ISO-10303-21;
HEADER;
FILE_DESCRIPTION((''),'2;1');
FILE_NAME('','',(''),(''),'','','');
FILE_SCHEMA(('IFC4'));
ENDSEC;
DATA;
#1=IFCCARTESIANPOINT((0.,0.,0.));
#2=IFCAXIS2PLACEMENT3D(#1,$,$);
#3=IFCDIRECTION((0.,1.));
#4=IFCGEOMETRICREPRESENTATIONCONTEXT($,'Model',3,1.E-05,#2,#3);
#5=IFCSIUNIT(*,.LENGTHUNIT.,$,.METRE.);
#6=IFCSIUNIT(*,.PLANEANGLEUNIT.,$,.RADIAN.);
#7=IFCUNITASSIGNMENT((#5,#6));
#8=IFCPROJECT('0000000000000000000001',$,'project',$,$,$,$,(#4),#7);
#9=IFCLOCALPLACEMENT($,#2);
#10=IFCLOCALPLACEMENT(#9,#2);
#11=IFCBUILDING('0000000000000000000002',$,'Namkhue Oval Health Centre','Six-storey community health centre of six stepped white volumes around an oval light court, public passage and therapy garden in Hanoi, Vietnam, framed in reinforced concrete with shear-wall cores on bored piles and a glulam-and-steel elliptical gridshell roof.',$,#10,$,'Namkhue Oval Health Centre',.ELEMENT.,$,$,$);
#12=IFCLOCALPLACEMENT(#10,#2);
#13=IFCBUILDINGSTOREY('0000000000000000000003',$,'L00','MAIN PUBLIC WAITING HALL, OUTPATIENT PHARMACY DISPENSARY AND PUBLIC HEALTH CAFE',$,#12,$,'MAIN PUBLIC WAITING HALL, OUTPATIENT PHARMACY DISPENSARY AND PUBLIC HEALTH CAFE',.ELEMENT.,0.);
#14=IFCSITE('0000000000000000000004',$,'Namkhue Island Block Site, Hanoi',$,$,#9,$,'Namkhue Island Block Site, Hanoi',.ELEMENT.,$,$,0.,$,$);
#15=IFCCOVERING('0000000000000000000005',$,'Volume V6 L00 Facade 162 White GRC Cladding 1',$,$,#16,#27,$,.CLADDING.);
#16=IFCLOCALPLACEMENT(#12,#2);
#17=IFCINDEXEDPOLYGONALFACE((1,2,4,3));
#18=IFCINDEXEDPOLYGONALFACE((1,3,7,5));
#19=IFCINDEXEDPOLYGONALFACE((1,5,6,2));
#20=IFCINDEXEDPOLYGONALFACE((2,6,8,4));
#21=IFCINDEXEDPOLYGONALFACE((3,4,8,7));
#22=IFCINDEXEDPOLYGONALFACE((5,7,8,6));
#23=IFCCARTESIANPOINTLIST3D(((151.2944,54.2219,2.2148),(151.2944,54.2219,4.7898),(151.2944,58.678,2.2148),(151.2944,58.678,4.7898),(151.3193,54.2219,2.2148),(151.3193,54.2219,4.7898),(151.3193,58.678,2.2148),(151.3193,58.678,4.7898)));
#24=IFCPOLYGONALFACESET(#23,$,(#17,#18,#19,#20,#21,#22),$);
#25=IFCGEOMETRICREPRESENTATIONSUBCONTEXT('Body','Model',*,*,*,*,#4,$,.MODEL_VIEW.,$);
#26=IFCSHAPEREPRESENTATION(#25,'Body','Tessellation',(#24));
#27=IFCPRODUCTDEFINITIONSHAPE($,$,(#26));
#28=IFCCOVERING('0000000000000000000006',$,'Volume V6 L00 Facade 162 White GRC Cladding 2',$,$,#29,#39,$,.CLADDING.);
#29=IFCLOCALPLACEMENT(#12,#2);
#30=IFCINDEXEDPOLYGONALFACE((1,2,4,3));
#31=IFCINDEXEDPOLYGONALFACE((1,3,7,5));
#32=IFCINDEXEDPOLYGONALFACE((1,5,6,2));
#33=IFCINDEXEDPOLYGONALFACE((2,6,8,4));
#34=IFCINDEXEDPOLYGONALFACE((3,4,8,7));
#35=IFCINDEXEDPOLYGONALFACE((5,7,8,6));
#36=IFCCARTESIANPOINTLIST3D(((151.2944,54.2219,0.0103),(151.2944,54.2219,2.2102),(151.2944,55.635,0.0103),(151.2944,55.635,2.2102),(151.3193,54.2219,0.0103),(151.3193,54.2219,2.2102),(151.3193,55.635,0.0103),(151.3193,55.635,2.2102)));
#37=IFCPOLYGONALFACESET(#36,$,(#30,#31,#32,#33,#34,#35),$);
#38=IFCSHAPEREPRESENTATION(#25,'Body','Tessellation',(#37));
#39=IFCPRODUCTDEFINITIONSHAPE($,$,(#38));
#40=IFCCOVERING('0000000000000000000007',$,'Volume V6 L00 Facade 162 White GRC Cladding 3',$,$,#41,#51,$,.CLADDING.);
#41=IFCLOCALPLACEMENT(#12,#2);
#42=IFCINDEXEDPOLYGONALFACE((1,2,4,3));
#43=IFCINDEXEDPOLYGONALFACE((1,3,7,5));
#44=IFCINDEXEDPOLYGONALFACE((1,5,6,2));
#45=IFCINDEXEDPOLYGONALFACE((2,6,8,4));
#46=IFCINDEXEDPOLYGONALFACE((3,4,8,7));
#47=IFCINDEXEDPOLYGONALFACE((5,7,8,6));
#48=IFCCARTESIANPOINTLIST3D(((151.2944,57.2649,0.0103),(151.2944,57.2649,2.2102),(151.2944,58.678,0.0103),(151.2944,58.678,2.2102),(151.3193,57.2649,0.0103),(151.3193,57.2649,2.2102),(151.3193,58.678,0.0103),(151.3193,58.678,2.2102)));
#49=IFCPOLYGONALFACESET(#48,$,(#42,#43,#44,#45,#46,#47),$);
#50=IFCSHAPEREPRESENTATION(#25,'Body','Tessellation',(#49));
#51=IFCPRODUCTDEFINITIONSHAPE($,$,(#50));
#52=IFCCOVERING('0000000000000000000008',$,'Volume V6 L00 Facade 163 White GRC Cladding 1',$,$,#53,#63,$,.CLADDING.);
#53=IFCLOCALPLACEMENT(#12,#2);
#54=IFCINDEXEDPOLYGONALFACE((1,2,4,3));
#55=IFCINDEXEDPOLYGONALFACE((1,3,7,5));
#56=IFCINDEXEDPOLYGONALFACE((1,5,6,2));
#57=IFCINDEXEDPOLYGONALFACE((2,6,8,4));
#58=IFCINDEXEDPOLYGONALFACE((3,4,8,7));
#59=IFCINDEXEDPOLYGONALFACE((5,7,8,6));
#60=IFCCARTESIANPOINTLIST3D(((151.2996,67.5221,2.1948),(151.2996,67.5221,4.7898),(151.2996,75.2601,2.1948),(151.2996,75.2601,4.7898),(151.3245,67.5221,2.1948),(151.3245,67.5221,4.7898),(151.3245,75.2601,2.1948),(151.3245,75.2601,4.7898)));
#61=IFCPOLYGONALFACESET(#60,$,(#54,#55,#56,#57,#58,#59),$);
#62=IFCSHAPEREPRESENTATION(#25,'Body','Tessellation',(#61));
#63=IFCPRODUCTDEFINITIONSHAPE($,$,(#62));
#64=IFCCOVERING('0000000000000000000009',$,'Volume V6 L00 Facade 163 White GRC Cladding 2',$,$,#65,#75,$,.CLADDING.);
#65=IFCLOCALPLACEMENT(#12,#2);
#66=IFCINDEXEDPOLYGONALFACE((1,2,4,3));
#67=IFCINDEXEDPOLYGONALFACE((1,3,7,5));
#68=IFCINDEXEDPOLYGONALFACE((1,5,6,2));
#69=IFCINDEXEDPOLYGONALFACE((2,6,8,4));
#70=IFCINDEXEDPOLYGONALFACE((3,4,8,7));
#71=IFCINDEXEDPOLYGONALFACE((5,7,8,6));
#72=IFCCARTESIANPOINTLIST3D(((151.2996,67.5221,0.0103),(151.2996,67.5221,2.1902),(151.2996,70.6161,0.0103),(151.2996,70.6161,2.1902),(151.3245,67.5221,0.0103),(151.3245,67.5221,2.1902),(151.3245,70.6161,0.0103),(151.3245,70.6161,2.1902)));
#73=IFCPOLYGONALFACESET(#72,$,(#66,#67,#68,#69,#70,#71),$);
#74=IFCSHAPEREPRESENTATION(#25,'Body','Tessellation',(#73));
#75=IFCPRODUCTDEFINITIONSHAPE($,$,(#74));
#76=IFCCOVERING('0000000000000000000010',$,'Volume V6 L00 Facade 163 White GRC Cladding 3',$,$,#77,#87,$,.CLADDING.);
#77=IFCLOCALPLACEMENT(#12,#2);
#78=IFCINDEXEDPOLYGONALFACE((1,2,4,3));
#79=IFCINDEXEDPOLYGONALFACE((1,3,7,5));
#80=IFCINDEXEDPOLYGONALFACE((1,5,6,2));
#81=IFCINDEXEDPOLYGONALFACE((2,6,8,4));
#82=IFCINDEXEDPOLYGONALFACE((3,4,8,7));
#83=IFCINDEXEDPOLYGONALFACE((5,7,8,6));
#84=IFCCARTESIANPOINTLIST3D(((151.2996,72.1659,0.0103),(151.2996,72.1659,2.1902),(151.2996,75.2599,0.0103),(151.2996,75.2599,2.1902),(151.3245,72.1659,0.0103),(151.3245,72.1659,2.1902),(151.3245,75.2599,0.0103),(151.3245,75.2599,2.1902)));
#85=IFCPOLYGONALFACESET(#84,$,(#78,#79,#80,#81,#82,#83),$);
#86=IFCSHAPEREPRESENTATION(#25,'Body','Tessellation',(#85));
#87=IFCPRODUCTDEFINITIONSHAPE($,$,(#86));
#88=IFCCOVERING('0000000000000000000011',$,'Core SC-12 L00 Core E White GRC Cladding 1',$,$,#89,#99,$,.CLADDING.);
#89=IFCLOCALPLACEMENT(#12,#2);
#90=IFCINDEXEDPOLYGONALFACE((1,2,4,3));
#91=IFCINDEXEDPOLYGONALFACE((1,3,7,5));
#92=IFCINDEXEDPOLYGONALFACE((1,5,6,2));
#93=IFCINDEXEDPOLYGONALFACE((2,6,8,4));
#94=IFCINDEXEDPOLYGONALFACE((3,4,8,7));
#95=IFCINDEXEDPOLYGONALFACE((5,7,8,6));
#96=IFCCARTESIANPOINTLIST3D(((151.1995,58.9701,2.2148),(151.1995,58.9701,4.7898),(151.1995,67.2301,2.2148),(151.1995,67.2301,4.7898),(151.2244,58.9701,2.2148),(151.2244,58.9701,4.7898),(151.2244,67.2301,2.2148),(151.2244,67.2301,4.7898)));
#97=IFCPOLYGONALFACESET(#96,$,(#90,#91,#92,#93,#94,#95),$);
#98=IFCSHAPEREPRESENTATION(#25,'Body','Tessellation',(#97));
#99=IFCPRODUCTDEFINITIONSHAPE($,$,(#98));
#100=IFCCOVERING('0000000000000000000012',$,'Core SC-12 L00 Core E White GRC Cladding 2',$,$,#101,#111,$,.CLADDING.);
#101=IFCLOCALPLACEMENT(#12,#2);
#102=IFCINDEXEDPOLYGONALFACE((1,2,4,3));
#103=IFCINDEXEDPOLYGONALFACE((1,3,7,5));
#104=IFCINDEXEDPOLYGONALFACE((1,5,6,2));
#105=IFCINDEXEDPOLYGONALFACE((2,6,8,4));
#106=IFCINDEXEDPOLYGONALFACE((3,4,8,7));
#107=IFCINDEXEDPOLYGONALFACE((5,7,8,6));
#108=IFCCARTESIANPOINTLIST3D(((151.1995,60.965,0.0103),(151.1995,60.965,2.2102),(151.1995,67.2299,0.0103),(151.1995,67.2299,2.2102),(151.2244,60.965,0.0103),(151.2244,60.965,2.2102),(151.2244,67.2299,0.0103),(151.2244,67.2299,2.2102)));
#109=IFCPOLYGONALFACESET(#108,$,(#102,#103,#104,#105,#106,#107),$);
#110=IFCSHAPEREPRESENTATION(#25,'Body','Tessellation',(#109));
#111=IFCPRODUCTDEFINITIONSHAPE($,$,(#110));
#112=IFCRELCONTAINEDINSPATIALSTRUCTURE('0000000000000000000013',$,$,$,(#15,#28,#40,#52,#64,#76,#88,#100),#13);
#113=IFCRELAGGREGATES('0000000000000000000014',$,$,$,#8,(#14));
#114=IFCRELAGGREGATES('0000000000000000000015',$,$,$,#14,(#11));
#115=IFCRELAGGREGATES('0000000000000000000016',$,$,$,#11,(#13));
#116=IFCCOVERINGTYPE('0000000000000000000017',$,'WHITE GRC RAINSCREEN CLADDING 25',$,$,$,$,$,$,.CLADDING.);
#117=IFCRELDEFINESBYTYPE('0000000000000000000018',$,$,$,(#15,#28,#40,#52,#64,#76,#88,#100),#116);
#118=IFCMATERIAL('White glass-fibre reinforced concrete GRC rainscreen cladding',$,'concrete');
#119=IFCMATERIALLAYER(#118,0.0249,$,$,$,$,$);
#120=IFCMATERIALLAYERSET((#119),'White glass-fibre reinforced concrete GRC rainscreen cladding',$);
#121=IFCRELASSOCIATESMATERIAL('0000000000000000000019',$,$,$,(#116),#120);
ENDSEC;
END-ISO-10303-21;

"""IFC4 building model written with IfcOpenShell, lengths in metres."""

from ifc_helpers import new_model, si_unit, direction, frame, origin, origin_2d, place, context, subcontext, project, spatial, rectangle, extrude, material, layer, layer_set, type_object, element, save


model = new_model("IFC4")

# Units and contexts
model_context = context("Model", 3, precision=1e-05, world=origin(), true_north=direction((0.0, 1.0)))
body_context = subcontext(model_context, "Body", "Model", "MODEL_VIEW")
ifc_project = project(units=[si_unit("LENGTHUNIT", "METRE"), si_unit("PLANEANGLEUNIT", "RADIAN")], contexts=[model_context])

# Site, building, storey
site_placement = place(None, origin())
site = spatial("IfcSite", under=ifc_project, at=site_placement, Name="Namkhue Island Block Site, Hanoi", LongName="Namkhue Island Block Site, Hanoi", CompositionType="ELEMENT", RefElevation=0.0)
building_placement = place(site_placement, origin())
building = spatial("IfcBuilding", under=site, at=building_placement, Name="Namkhue Oval Health Centre", Description="Six-storey community health centre of six stepped white volumes around an oval light court, public passage and therapy garden in Hanoi, Vietnam, framed in reinforced concrete with shear-wall cores on bored piles and a glulam-and-steel elliptical gridshell roof.", LongName="Namkhue Oval Health Centre", CompositionType="ELEMENT")
storey_placement = place(building_placement, origin())
storey = spatial("IfcBuildingStorey", under=building, at=storey_placement, Name="L00", Description="MAIN PUBLIC WAITING HALL, OUTPATIENT PHARMACY DISPENSARY AND PUBLIC HEALTH CAFE", LongName="MAIN PUBLIC WAITING HALL, OUTPATIENT PHARMACY DISPENSARY AND PUBLIC HEALTH CAFE", CompositionType="ELEMENT", Elevation=0.0)

# Coverings
ifc_material_1 = material(Name="White glass-fibre reinforced concrete GRC rainscreen cladding", Category="concrete")
ifc_layer_1 = layer(ifc_material_1, 0.0249)
ifc_layer_set_1 = layer_set([ifc_layer_1], Name="White glass-fibre reinforced concrete GRC rainscreen cladding")
covering_type = type_object("IfcCoveringType", Name="WHITE GRC RAINSCREEN CLADDING 25", PredefinedType="CLADDING", material=ifc_layer_set_1)
covering_1_placement = place(storey_placement, frame((151.3069, 56.45, 2.2148), z_axis=(0.0, 0.0, 1.0), x_axis=(0.0, 1.0, 0.0)))
element("IfcCovering", 1, at=covering_1_placement, inside=storey, type_object=covering_type, Name="Volume V6 L00 Facade 162 White GRC Cladding 1", PredefinedType="CLADDING", context=body_context, shape_type="SweptSolid", body=[
    extrude(rectangle(XDim=4.4561, YDim=0.0249, at=origin_2d()), origin(), (0.0, 0.0, 1.0), 2.575),
])
for number, where, z_axis, x_axis, name in (
    (2, (151.3069, 54.9285, 0.0103), (0.0, 0.0, 1.0), (0.0, 1.0, 0.0), "Volume V6 L00 Facade 162 White GRC Cladding 2"),
    (3, (151.3069, 57.9714, 0.0103), (0.0, 0.0, 1.0), (0.0, 1.0, 0.0), "Volume V6 L00 Facade 162 White GRC Cladding 3"),
):
    element("IfcCovering", number, at=place(storey_placement, frame(where, z_axis=z_axis, x_axis=x_axis)), inside=storey, type_object=covering_type, Name=name, PredefinedType="CLADDING", context=body_context, shape_type="SweptSolid", body=[
        extrude(rectangle(XDim=1.4131, YDim=0.0249, at=origin_2d()), origin(), (0.0, 0.0, 1.0), 2.2),
    ])
covering_2_placement = place(storey_placement, frame((151.312, 71.3911, 2.1948), z_axis=(0.0, 0.0, 1.0), x_axis=(0.0, 1.0, 0.0)))
element("IfcCovering", 4, at=covering_2_placement, inside=storey, type_object=covering_type, Name="Volume V6 L00 Facade 163 White GRC Cladding 1", PredefinedType="CLADDING", context=body_context, shape_type="SweptSolid", body=[
    extrude(rectangle(XDim=7.738, YDim=0.0249, at=origin_2d()), origin(), (0.0, 0.0, 1.0), 2.595),
])
for number, where, z_axis, x_axis, name in (
    (5, (151.312, 69.0691, 0.0103), (0.0, 0.0, 1.0), (0.0, 1.0, 0.0), "Volume V6 L00 Facade 163 White GRC Cladding 2"),
    (6, (151.312, 73.7129, 0.0103), (0.0, 0.0, 1.0), (0.0, 1.0, 0.0), "Volume V6 L00 Facade 163 White GRC Cladding 3"),
):
    element("IfcCovering", number, at=place(storey_placement, frame(where, z_axis=z_axis, x_axis=x_axis)), inside=storey, type_object=covering_type, Name=name, PredefinedType="CLADDING", context=body_context, shape_type="SweptSolid", body=[
        extrude(rectangle(XDim=3.094, YDim=0.0249, at=origin_2d()), origin(), (0.0, 0.0, 1.0), 2.1799),
    ])
covering_3_placement = place(storey_placement, frame((151.2119, 63.1001, 2.2148), z_axis=(0.0, 0.0, 1.0), x_axis=(0.0, 1.0, 0.0)))
element("IfcCovering", 7, at=covering_3_placement, inside=storey, type_object=covering_type, Name="Core SC-12 L00 Core E White GRC Cladding 1", PredefinedType="CLADDING", context=body_context, shape_type="SweptSolid", body=[
    extrude(rectangle(XDim=8.26, YDim=0.0249, at=origin_2d()), origin(), (0.0, 0.0, 1.0), 2.575),
])
covering_4_placement = place(storey_placement, frame((151.2119, 64.0974, 0.0103), z_axis=(0.0, 0.0, 1.0), x_axis=(0.0, 1.0, 0.0)))
element("IfcCovering", 8, at=covering_4_placement, inside=storey, type_object=covering_type, Name="Core SC-12 L00 Core E White GRC Cladding 2", PredefinedType="CLADDING", context=body_context, shape_type="SweptSolid", body=[
    extrude(rectangle(XDim=6.2649, YDim=0.0249, at=origin_2d()), origin(), (0.0, 0.0, 1.0), 2.2),
])

save(model, "model.ifc")
